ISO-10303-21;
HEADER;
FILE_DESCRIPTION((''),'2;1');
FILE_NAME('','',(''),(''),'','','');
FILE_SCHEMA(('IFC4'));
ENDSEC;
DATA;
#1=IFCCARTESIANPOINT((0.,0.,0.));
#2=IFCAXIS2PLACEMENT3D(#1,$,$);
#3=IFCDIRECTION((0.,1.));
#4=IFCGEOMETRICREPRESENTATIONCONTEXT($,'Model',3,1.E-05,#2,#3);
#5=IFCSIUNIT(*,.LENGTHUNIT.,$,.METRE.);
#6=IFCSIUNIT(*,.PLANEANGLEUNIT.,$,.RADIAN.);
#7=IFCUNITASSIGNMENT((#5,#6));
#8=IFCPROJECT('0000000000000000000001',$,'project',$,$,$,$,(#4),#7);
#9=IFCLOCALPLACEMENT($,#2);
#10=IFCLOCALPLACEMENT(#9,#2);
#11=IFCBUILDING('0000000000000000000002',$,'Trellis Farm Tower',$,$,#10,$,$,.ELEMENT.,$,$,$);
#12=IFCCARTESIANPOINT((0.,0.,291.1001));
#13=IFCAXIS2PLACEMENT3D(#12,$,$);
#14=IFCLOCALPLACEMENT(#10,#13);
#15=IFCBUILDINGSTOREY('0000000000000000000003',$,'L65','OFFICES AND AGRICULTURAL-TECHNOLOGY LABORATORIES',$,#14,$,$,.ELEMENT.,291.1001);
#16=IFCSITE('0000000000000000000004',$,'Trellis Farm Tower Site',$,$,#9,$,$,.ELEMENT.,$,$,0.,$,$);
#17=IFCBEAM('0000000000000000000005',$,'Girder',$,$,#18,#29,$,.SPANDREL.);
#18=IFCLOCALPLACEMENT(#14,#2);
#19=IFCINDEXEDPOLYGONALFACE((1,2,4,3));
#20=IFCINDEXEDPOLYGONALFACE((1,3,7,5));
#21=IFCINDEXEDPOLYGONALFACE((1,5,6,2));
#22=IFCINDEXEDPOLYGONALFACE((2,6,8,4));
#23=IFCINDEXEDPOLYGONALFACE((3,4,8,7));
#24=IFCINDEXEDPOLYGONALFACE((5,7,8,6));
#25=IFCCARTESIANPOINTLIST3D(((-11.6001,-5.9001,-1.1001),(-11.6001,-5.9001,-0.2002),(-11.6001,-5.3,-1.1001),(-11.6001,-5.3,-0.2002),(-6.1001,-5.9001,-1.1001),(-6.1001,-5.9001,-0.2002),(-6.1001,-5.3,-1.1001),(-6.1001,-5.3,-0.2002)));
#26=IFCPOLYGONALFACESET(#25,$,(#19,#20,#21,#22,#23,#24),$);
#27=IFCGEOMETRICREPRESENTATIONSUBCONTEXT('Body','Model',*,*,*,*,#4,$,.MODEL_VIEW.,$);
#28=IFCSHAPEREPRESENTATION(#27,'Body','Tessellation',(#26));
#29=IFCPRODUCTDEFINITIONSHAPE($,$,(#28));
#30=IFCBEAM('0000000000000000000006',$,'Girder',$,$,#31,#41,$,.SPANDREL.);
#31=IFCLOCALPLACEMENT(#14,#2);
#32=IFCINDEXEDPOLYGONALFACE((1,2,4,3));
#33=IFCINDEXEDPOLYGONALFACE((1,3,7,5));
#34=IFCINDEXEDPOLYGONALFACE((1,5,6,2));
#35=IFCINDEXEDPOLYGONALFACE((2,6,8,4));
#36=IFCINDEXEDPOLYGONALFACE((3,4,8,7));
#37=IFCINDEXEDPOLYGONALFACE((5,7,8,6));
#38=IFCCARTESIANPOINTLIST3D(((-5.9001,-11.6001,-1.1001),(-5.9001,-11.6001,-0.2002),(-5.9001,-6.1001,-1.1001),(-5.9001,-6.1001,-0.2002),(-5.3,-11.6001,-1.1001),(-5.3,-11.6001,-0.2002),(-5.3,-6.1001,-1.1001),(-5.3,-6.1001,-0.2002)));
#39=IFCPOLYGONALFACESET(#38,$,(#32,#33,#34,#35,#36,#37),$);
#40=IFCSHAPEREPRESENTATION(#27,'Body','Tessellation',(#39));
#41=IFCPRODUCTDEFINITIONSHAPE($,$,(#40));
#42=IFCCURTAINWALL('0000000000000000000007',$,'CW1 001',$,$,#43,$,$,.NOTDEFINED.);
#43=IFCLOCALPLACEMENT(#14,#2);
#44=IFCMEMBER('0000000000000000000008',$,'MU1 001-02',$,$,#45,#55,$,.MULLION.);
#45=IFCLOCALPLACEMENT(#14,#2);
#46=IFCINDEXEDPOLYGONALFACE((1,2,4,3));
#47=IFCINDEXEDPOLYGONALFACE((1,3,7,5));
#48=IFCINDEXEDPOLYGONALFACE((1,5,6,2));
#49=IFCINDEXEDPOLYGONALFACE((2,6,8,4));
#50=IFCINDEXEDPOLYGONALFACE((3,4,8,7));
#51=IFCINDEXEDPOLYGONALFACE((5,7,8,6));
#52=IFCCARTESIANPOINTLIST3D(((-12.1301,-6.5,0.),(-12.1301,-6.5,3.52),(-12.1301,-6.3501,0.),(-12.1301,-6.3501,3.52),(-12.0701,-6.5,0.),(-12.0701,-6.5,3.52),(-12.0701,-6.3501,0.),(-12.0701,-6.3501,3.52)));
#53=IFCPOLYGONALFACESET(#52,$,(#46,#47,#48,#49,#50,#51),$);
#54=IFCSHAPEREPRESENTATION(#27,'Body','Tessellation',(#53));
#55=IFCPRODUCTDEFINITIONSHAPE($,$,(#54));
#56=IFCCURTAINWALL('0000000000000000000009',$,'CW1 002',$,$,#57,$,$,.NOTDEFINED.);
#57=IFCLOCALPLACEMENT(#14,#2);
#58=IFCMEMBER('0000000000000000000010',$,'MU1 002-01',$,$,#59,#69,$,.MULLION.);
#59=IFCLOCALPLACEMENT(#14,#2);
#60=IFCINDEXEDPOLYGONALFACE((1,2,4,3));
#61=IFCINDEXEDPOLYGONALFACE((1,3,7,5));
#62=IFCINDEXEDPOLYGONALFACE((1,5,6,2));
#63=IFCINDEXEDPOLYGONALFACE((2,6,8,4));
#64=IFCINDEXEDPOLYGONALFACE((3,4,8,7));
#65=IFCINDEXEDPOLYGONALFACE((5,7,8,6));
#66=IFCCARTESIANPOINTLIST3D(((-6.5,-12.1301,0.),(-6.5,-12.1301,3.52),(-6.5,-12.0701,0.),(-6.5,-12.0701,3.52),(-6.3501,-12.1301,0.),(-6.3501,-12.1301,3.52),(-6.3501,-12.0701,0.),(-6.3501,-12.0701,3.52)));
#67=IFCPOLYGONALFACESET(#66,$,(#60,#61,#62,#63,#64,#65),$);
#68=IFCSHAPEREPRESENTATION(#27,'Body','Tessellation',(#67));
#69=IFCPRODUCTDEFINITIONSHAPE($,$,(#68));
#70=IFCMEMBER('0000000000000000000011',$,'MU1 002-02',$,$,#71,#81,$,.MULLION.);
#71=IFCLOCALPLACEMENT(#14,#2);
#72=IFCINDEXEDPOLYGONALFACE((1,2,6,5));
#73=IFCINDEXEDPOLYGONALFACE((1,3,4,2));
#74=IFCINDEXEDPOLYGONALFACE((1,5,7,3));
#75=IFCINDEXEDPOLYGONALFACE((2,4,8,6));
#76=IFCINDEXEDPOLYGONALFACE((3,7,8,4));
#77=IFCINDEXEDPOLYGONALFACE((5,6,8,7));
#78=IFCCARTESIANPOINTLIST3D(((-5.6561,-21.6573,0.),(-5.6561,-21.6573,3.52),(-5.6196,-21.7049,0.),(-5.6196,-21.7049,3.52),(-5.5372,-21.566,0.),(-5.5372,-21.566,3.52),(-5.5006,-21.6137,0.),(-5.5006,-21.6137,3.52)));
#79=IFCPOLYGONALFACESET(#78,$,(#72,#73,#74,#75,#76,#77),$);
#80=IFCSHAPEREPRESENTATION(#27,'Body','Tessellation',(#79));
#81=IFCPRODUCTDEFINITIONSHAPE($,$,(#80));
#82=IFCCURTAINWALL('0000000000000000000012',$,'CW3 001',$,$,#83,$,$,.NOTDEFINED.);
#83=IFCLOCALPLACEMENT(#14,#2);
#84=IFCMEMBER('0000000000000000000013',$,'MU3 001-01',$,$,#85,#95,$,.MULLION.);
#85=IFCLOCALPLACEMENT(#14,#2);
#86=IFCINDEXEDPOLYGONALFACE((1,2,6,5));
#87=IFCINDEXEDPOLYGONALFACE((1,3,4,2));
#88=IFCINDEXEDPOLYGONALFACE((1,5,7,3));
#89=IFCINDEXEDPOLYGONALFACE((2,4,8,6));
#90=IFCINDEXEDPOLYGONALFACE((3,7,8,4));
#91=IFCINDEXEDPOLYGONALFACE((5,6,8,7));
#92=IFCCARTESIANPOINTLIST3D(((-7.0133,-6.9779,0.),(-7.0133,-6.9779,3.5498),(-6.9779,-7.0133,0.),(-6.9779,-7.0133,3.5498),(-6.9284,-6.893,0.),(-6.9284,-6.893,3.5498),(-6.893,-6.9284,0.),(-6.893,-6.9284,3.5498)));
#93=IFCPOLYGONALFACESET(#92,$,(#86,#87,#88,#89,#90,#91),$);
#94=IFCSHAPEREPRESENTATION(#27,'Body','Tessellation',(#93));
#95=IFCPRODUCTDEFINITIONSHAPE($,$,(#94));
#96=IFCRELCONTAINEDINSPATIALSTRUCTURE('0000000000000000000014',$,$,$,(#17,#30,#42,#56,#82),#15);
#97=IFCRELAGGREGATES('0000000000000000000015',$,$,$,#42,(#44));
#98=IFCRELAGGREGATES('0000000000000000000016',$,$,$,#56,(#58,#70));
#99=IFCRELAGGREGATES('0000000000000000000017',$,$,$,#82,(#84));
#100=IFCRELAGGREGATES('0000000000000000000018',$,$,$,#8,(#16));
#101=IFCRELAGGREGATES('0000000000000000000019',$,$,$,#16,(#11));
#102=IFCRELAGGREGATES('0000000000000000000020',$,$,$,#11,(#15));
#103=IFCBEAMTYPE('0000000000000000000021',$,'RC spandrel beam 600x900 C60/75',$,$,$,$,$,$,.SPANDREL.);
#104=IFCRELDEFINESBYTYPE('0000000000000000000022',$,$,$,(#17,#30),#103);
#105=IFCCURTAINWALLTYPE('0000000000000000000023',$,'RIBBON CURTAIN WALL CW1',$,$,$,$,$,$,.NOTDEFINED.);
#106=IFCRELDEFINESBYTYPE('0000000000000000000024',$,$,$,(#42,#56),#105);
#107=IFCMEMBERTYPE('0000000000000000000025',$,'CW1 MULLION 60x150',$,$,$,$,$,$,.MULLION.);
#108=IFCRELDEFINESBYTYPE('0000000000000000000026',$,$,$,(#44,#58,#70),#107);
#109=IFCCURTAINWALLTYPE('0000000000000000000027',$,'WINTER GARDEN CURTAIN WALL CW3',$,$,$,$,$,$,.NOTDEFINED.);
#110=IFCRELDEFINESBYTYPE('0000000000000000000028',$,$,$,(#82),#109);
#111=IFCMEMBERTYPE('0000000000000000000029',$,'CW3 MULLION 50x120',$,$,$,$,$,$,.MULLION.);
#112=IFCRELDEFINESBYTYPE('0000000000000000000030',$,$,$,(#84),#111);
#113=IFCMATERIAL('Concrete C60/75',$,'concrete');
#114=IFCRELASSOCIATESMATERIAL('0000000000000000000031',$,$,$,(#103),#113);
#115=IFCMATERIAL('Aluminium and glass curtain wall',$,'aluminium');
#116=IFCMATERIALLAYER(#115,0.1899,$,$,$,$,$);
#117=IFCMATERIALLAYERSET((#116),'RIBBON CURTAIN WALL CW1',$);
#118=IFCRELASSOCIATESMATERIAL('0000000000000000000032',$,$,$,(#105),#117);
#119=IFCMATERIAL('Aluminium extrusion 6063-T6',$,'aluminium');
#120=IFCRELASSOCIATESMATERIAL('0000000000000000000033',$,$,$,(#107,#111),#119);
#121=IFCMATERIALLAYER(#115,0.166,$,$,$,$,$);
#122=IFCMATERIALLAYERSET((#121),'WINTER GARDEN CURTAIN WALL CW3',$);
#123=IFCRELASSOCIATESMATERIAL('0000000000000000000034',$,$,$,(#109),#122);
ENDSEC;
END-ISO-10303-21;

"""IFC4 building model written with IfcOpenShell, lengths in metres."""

from ifc_helpers import new_model, si_unit, direction, frame, origin, origin_2d, place, context, subcontext, project, spatial, rectangle, extrude, source, transform, mapped, material, layer, layer_set, material_profile, profile_set, type_object, element, aggregate, save


model = new_model("IFC4")

# Units and contexts
model_context = context("Model", 3, precision=1e-05, world=origin(), true_north=direction((0.0, 1.0)))
body_context = subcontext(model_context, "Body", "Model", "MODEL_VIEW")
ifc_project = project(units=[si_unit("LENGTHUNIT", "METRE"), si_unit("PLANEANGLEUNIT", "RADIAN")], contexts=[model_context])

# Site, building, storey
site_placement = place(None, origin())
site = spatial("IfcSite", under=ifc_project, at=site_placement, Name="Trellis Farm Tower Site", CompositionType="ELEMENT", RefElevation=0.0)
building_placement = place(site_placement, origin())
building = spatial("IfcBuilding", under=site, at=building_placement, Name="Trellis Farm Tower", CompositionType="ELEMENT")
storey_placement = place(building_placement, frame((0.0, 0.0, 291.1001)))
storey = spatial("IfcBuildingStorey", under=building, at=storey_placement, Name="L65", Description="OFFICES AND AGRICULTURAL-TECHNOLOGY LABORATORIES", CompositionType="ELEMENT", Elevation=291.1001)

# Shared definitions
ifc_material_1 = material(Name="Concrete C60/75", Category="concrete")

# Beams
ifc_material_profile_1 = material_profile(ifc_material_1, rectangle(XDim=0.6001, YDim=0.8999, at=origin_2d()), Name="RC spandrel beam 600x900 C60/75")
ifc_profile_set_1 = profile_set([ifc_material_profile_1], Name="Concrete C60/75")
beam_type_1 = type_object("IfcBeamType", Name="RC spandrel beam 600x900 C60/75", PredefinedType="SPANDREL", material=ifc_profile_set_1)
shared_shape_1 = source(origin(), body_context, "Body", "SweptSolid", [
    extrude(rectangle(XDim=0.6001, YDim=0.8999, at=origin_2d()), origin(), (0.0, 0.0, 1.0), 5.5),
])
for number, where, z_axis, x_axis, name in (
    (1, (-11.6001, -5.6001, -0.6501), (1.0, 0.0, 0.0), (0.0, 1.0, 0.0), "Girder"),
    (2, (-5.6001, -11.6001, -0.6501), (0.0, 1.0, 0.0), (-1.0, 0.0, 0.0), "Girder"),
):
    element("IfcBeam", number, at=place(storey_placement, frame(where, z_axis=z_axis, x_axis=x_axis)), inside=storey, type_object=beam_type_1, Name=name, PredefinedType="SPANDREL", context=body_context, shape_type="MappedRepresentation", body=[
        mapped(shared_shape_1, transform((0.0, 0.0, 0.0))),
    ])

# Curtain wall, member
ifc_material_2 = material(Name="Aluminium and glass curtain wall", Category="aluminium")
ifc_layer_1 = layer(ifc_material_2, 0.1899)
ifc_layer_set_1 = layer_set([ifc_layer_1], Name="RIBBON CURTAIN WALL CW1")
curtain_wall_type_1 = type_object("IfcCurtainWallType", Name="RIBBON CURTAIN WALL CW1", PredefinedType="NOTDEFINED", material=ifc_layer_set_1)
placement = place(storey_placement, origin())
curtain_wall_1 = element("IfcCurtainWall", 3, at=placement, inside=storey, type_object=curtain_wall_type_1, Name="CW1 001", PredefinedType="NOTDEFINED")
ifc_material_3 = material(Name="Aluminium extrusion 6063-T6", Category="aluminium")
ifc_material_profile_2 = material_profile(ifc_material_3, rectangle(XDim=0.0601, YDim=0.1499, at=origin_2d()), Name="MULLION 60x150")
ifc_profile_set_2 = profile_set([ifc_material_profile_2], Name="Aluminium extrusion 6063-T6")
member_type_1 = type_object("IfcMemberType", Name="CW1 MULLION 60x150", PredefinedType="MULLION", material=ifc_profile_set_2)
shared_shape_2 = source(origin(), body_context, "Body", "SweptSolid", [
    extrude(rectangle(XDim=0.0601, YDim=0.1499, at=origin_2d()), origin(), (0.0, 0.0, 1.0), 3.52),
])
member_1_placement = place(storey_placement, frame((-12.1001, -6.425, 0.0), z_axis=(0.0, 0.0, 1.0), x_axis=(1.0, 0.0, 0.0)))
member_1 = element("IfcMember", 4, at=member_1_placement, type_object=member_type_1, Name="MU1 001-02", PredefinedType="MULLION", context=body_context, shape_type="MappedRepresentation", body=[
    mapped(shared_shape_2, transform((0.0, 0.0, 0.0))),
])
aggregate(curtain_wall_1, [member_1])

# Curtain wall, members
curtain_wall_2 = element("IfcCurtainWall", 5, at=placement, inside=storey, type_object=curtain_wall_type_1, Name="CW1 002", PredefinedType="NOTDEFINED")
member_2_placement = place(storey_placement, frame((-6.425, -12.1001, 0.0), z_axis=(0.0, 0.0, 1.0), x_axis=(0.0, -1.0, 0.0)))
member_2 = element("IfcMember", 6, at=member_2_placement, type_object=member_type_1, Name="MU1 002-01", PredefinedType="MULLION", context=body_context, shape_type="MappedRepresentation", body=[
    mapped(shared_shape_2, transform((0.0, 0.0, 0.0))),
])
member_3_placement = place(storey_placement, frame((-5.5784, -21.6355, 0.0), z_axis=(0.0, 0.0, 1.0), x_axis=(0.608761, -0.793353, 0.0)))
member_3 = element("IfcMember", 7, at=member_3_placement, type_object=member_type_1, Name="MU1 002-02", PredefinedType="MULLION", context=body_context, shape_type="MappedRepresentation", body=[
    mapped(shared_shape_2, transform((0.0, 0.0, 0.0))),
])
aggregate(curtain_wall_2, [member_2, member_3])

# Curtain wall, member
ifc_layer_2 = layer(ifc_material_2, 0.166)
ifc_layer_set_2 = layer_set([ifc_layer_2], Name="WINTER GARDEN CURTAIN WALL CW3")
curtain_wall_type_2 = type_object("IfcCurtainWallType", Name="WINTER GARDEN CURTAIN WALL CW3", PredefinedType="NOTDEFINED", material=ifc_layer_set_2)
curtain_wall_3 = element("IfcCurtainWall", 8, at=placement, inside=storey, type_object=curtain_wall_type_2, Name="CW3 001", PredefinedType="NOTDEFINED")
ifc_material_profile_3 = material_profile(ifc_material_3, rectangle(XDim=0.05, YDim=0.1201, at=origin_2d()), Name="MULLION 50x120")
ifc_profile_set_3 = profile_set([ifc_material_profile_3], Name="Aluminium extrusion 6063-T6")
member_type_2 = type_object("IfcMemberType", Name="CW3 MULLION 50x120", PredefinedType="MULLION", material=ifc_profile_set_3)
shared_shape_3 = source(origin(), body_context, "Body", "SweptSolid", [
    extrude(rectangle(XDim=0.05, YDim=0.1201, at=origin_2d()), origin(), (0.0, 0.0, 1.0), 3.5498),
])
member_4_placement = place(storey_placement, frame((-6.9531, -6.9531, 0.0), z_axis=(0.0, 0.0, 1.0), x_axis=(0.707107, -0.707107, 0.0)))
member_4 = element("IfcMember", 9, at=member_4_placement, type_object=member_type_2, Name="MU3 001-01", PredefinedType="MULLION", context=body_context, shape_type="MappedRepresentation", body=[
    mapped(shared_shape_3, transform((0.0, 0.0, 0.0))),
])
aggregate(curtain_wall_3, [member_4])

save(model, "model.ifc")
